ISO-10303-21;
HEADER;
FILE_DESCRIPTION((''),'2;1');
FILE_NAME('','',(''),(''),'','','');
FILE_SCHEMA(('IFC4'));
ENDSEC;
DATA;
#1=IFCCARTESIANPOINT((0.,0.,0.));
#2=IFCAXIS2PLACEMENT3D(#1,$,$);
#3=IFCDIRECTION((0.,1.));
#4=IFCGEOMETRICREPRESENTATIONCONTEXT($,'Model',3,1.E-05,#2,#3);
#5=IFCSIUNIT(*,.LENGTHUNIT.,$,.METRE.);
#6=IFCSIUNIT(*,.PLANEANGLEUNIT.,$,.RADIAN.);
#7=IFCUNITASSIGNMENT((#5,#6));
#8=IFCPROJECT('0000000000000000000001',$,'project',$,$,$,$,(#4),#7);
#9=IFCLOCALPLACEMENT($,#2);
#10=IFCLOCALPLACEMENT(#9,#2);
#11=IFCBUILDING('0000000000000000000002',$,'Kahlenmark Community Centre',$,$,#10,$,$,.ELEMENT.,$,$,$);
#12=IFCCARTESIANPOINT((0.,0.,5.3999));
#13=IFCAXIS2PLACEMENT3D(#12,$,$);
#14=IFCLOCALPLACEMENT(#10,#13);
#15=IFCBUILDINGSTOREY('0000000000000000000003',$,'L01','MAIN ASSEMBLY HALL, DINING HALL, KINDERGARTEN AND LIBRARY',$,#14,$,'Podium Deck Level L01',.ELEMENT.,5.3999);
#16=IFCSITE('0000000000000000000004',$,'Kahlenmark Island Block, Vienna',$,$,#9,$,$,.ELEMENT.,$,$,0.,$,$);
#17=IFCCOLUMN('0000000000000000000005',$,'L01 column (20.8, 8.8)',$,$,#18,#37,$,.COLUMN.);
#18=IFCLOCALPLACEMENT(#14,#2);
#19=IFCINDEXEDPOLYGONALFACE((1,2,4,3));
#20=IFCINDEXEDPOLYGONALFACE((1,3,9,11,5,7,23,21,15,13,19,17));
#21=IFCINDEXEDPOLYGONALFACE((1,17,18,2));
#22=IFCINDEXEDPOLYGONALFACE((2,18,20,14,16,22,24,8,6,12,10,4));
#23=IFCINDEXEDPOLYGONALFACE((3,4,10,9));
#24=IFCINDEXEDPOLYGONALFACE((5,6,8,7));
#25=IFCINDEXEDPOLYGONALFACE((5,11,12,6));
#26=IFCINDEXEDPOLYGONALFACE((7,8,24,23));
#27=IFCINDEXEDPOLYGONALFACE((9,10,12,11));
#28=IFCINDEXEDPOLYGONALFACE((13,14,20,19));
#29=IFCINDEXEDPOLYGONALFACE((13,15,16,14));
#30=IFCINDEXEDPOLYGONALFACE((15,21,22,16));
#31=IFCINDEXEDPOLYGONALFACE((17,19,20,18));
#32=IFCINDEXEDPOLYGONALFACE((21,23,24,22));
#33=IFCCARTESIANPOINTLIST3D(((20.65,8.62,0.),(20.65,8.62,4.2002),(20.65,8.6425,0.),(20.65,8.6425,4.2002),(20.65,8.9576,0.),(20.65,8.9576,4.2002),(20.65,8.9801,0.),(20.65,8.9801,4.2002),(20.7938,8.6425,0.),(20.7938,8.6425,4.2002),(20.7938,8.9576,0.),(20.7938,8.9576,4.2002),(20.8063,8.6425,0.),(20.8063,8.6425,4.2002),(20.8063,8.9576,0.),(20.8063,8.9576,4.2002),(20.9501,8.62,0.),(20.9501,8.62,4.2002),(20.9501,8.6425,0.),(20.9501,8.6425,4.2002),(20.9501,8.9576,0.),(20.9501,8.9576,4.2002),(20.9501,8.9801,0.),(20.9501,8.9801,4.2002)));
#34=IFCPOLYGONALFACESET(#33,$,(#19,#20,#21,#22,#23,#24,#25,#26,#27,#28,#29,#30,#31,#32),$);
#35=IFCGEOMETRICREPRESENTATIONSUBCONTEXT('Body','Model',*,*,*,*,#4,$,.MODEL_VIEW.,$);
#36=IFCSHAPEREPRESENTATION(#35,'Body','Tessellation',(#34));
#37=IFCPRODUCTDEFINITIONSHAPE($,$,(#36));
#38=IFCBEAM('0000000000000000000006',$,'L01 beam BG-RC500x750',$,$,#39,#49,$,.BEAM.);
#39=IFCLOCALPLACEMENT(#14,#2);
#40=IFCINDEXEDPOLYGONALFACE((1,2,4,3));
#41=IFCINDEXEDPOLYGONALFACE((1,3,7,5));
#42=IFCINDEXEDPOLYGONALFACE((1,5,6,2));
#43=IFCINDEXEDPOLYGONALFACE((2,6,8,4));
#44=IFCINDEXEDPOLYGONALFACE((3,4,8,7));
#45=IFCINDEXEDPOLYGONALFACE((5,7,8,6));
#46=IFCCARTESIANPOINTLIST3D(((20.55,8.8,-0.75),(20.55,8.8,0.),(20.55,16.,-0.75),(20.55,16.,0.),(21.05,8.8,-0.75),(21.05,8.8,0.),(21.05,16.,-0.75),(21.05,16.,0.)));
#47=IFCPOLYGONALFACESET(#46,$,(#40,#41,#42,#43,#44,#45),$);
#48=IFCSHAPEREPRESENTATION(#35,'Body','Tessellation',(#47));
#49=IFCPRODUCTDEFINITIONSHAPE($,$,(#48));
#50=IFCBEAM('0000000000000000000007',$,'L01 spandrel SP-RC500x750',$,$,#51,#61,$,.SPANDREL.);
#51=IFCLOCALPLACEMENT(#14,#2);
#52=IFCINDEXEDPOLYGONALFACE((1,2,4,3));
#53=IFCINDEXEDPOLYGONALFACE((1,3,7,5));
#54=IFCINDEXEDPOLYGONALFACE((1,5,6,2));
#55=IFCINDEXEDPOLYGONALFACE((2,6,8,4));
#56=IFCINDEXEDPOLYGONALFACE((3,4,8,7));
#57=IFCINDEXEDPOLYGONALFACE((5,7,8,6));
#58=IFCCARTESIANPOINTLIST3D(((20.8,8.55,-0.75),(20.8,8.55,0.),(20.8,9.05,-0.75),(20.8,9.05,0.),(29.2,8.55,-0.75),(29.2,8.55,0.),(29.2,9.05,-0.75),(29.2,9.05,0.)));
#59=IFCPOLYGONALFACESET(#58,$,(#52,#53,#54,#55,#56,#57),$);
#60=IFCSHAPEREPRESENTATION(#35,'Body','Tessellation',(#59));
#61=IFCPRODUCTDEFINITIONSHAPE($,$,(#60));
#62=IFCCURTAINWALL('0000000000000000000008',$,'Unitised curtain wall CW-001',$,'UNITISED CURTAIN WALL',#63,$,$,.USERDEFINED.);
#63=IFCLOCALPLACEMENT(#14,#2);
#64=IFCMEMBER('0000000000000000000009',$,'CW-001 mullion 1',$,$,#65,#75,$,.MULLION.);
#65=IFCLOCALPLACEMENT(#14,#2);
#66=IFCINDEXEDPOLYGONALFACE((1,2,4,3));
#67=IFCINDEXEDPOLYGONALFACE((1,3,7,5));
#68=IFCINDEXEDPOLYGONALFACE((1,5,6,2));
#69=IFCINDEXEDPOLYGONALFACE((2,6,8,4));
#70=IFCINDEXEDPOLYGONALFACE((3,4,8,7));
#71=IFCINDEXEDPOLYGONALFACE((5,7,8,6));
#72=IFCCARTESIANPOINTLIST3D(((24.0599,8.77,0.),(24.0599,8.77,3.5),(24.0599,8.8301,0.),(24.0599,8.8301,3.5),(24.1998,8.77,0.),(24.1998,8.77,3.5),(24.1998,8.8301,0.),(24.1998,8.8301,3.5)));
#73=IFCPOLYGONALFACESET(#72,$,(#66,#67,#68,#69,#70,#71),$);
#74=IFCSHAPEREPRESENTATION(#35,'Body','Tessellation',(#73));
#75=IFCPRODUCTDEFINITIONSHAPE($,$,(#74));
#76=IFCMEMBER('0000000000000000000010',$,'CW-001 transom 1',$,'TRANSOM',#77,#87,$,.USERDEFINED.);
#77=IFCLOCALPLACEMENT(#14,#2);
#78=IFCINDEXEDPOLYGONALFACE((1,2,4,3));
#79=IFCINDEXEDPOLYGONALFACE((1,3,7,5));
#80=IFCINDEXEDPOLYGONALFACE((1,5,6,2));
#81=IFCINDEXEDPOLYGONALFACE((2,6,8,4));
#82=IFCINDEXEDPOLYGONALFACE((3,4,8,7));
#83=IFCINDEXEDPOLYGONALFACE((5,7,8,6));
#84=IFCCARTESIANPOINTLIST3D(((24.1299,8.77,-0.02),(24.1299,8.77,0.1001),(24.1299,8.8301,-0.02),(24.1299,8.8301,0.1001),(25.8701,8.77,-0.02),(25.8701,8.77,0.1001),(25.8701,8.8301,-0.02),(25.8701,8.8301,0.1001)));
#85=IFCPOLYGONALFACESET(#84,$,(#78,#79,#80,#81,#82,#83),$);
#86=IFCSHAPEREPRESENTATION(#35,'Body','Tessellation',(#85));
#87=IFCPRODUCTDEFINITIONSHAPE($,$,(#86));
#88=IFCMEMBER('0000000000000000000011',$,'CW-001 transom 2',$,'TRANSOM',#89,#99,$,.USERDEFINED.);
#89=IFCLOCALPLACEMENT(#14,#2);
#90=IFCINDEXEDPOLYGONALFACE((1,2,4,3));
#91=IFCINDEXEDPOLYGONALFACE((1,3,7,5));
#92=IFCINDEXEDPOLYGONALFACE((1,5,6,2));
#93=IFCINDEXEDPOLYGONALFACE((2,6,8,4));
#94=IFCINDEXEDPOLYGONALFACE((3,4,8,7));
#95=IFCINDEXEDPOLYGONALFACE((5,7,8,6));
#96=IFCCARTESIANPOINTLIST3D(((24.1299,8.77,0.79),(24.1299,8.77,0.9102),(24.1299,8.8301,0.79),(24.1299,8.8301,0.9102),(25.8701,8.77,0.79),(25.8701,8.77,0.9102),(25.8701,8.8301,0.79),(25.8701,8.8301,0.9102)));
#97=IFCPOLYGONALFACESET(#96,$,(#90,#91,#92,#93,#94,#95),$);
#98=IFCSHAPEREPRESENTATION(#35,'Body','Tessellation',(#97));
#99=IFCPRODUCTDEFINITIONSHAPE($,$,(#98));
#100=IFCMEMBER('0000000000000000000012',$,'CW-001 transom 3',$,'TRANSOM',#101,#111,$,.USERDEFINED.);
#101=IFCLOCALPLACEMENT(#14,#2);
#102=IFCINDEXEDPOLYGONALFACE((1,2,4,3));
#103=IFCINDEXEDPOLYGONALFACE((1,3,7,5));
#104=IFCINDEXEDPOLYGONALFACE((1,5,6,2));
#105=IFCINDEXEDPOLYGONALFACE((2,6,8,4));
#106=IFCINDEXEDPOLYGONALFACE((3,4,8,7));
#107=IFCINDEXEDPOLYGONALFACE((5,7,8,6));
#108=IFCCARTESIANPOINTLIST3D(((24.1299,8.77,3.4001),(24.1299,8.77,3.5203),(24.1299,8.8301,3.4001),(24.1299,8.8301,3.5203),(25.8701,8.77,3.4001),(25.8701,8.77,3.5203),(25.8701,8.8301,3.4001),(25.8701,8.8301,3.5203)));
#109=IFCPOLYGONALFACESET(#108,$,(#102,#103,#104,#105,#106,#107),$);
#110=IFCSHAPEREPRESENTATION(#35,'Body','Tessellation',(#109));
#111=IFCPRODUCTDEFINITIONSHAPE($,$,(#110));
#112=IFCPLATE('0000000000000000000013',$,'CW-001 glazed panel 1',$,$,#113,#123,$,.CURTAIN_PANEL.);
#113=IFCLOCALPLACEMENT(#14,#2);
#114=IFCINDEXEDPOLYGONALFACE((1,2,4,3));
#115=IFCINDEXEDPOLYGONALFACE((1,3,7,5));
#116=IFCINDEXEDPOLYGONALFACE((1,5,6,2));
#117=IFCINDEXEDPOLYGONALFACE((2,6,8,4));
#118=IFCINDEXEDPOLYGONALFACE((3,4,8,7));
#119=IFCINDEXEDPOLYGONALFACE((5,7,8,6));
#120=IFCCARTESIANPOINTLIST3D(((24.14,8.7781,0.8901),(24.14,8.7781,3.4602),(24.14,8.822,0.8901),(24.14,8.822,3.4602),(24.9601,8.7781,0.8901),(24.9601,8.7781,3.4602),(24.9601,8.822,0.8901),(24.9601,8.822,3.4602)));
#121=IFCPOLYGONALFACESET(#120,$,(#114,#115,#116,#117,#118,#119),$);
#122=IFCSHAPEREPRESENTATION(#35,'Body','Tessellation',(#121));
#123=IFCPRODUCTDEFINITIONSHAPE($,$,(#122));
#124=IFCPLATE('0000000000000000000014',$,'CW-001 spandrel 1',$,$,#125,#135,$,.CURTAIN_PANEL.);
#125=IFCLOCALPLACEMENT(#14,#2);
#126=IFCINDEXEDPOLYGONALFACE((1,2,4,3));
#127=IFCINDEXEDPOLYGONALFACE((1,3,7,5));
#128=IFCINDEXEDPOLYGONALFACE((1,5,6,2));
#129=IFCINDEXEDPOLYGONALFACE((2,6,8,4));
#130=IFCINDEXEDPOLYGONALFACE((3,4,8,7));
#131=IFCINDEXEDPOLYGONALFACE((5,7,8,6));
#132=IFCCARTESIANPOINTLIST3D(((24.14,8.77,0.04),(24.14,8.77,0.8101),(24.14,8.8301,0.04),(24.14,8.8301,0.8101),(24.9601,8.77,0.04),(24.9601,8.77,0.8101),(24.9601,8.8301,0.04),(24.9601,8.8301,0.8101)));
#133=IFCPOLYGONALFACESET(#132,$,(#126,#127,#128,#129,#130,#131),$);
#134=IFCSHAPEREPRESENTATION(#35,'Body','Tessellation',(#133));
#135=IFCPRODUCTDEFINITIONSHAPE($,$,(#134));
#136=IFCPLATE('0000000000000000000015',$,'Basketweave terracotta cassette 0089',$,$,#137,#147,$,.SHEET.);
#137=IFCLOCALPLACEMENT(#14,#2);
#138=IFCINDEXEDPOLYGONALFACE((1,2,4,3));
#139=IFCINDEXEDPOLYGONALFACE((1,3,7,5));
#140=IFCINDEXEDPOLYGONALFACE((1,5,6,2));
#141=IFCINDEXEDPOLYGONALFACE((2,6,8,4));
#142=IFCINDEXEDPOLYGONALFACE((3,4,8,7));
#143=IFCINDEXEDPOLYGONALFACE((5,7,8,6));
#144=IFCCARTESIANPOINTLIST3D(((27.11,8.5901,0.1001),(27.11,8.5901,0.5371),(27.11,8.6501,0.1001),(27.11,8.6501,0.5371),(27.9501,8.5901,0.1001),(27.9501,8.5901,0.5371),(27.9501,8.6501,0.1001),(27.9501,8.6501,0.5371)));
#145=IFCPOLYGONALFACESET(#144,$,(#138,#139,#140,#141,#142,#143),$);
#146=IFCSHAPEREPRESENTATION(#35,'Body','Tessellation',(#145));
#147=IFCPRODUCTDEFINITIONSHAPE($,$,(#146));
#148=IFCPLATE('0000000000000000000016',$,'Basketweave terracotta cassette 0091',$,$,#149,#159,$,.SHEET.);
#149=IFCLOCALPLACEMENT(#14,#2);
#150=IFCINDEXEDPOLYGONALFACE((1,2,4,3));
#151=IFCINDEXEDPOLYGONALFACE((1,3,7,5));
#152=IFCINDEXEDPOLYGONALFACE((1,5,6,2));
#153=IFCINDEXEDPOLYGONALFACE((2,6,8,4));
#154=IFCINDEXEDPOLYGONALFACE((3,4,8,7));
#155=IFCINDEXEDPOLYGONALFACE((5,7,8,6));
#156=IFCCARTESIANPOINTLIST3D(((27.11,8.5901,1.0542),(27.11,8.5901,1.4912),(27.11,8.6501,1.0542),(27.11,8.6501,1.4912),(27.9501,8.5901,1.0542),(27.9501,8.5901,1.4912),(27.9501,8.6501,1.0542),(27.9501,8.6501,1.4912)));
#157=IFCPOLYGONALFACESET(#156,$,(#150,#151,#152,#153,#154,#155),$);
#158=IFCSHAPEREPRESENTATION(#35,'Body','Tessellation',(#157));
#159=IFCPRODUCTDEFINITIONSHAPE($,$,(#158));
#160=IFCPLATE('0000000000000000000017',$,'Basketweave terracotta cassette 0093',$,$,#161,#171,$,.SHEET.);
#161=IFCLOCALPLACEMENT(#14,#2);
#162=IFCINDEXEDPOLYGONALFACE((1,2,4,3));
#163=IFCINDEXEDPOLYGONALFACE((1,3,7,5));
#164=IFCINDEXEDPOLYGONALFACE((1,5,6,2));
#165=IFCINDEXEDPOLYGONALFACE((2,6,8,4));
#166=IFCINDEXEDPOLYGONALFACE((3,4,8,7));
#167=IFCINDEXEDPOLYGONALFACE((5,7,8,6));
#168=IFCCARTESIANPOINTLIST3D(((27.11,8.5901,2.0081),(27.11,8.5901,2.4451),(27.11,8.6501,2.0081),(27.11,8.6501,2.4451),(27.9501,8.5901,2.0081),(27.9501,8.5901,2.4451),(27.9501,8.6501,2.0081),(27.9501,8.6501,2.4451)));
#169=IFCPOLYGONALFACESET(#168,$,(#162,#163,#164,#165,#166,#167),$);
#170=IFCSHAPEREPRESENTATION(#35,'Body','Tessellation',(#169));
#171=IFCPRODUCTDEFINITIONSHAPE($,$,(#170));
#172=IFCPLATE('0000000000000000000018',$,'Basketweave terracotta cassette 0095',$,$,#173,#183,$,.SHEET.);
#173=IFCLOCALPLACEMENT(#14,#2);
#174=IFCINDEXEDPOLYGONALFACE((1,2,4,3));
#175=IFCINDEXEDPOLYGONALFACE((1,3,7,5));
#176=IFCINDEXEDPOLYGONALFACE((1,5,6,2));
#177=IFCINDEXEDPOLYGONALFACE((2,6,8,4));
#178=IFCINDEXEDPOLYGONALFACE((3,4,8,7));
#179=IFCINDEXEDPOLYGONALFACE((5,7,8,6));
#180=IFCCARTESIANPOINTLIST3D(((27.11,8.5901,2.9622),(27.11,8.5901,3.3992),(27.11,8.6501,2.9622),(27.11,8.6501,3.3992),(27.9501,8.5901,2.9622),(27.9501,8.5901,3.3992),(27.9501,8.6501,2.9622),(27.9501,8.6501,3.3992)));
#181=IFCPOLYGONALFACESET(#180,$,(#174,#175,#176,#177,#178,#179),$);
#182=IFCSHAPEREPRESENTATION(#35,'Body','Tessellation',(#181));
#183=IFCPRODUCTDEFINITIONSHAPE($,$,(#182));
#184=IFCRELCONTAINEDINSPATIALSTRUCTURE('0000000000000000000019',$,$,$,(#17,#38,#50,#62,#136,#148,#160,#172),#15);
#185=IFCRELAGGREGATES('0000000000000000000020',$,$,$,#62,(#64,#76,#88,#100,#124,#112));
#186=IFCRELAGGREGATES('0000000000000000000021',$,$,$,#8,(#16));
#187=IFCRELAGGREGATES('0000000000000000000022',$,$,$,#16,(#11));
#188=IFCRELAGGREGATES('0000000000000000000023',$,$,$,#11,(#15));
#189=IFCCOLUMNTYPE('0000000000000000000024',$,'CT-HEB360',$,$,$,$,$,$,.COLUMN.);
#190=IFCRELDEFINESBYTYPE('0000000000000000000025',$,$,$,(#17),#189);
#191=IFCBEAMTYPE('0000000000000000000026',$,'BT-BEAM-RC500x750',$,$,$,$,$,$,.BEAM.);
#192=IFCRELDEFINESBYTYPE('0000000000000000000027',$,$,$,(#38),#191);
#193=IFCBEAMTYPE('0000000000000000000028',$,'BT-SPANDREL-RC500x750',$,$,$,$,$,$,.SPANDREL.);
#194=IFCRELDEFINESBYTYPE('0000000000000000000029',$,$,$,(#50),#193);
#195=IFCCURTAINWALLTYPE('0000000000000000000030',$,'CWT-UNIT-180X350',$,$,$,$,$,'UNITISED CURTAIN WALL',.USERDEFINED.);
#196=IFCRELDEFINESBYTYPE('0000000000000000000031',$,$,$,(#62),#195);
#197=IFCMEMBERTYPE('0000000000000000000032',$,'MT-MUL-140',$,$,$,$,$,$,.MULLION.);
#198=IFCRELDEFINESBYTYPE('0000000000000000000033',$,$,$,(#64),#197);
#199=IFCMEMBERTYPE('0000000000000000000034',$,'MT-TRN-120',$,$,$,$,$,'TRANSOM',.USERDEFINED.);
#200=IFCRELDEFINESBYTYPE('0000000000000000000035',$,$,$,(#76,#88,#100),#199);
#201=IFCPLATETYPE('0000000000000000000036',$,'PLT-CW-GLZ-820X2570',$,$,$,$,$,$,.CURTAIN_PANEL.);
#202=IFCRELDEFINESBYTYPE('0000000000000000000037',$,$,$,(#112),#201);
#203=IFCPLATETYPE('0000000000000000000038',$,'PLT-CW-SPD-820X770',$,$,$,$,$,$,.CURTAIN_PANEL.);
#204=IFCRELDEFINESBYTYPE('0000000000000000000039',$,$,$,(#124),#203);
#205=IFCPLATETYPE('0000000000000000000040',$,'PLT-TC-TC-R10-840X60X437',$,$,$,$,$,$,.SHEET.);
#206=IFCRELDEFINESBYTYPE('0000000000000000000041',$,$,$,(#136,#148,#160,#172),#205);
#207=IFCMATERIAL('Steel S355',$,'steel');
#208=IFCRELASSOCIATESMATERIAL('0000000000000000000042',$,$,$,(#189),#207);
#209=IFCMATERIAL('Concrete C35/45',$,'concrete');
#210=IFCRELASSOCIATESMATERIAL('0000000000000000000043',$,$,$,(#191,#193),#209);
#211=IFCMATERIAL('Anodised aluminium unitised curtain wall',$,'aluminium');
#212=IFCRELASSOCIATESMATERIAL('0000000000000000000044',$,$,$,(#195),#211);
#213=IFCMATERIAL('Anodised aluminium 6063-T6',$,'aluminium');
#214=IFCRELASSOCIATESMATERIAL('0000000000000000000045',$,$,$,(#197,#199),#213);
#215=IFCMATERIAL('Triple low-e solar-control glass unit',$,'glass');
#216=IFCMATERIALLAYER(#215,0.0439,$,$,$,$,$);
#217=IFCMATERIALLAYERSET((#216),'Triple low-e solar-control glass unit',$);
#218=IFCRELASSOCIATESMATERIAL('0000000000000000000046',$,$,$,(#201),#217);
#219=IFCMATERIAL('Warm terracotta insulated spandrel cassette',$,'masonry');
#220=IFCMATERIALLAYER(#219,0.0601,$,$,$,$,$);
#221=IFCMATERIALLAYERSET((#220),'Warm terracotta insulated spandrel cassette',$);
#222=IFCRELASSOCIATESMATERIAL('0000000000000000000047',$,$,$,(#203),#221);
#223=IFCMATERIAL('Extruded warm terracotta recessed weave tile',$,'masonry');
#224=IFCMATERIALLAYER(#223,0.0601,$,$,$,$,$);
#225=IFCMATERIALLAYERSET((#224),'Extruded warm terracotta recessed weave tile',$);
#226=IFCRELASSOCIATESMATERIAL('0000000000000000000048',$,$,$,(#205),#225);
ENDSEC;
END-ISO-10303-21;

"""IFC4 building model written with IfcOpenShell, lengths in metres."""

from ifc_helpers import new_model, si_unit, direction, frame, origin, origin_2d, place, context, subcontext, project, spatial, rectangle, i_section, extrude, material, layer, layer_set, material_profile, profile_set, type_object, element, aggregate, save


model = new_model("IFC4")

# Units and contexts
model_context = context("Model", 3, precision=1e-05, world=origin(), true_north=direction((0.0, 1.0)))
body_context = subcontext(model_context, "Body", "Model", "MODEL_VIEW")
ifc_project = project(units=[si_unit("LENGTHUNIT", "METRE"), si_unit("PLANEANGLEUNIT", "RADIAN")], contexts=[model_context])

# Site, building, storey
site_placement = place(None, origin())
site = spatial("IfcSite", under=ifc_project, at=site_placement, Name="Kahlenmark Island Block, Vienna", CompositionType="ELEMENT", RefElevation=0.0)
building_placement = place(site_placement, origin())
building = spatial("IfcBuilding", under=site, at=building_placement, Name="Kahlenmark Community Centre", CompositionType="ELEMENT")
storey_placement = place(building_placement, frame((0.0, 0.0, 5.3999)))
storey = spatial("IfcBuildingStorey", under=building, at=storey_placement, Name="L01", Description="MAIN ASSEMBLY HALL, DINING HALL, KINDERGARTEN AND LIBRARY", LongName="Podium Deck Level L01", CompositionType="ELEMENT", Elevation=5.3999)

# Column
ifc_material_1 = material(Name="Steel S355", Category="steel")
ifc_material_profile_1 = material_profile(ifc_material_1, i_section(OverallWidth=0.3, OverallDepth=0.3601, WebThickness=0.0125, FlangeThickness=0.0225, at=origin_2d()), Name="HEB 360")
ifc_profile_set_1 = profile_set([ifc_material_profile_1], Name="Steel S355")
column_type = type_object("IfcColumnType", Name="CT-HEB360", PredefinedType="COLUMN", material=ifc_profile_set_1)
column_placement = place(storey_placement, frame((20.8, 8.8, 0.0), z_axis=(0.0, 0.0, 1.0), x_axis=(1.0, 0.0, 0.0)))
element("IfcColumn", 1, at=column_placement, inside=storey, type_object=column_type, Name="L01 column (20.8, 8.8)", PredefinedType="COLUMN", context=body_context, shape_type="SweptSolid", body=[
    extrude(i_section(OverallWidth=0.3, OverallDepth=0.3601, WebThickness=0.0125, FlangeThickness=0.0225, at=origin_2d()), origin(), (0.0, 0.0, 1.0), 4.2002),
])

# Beams
ifc_material_2 = material(Name="Concrete C35/45", Category="concrete")
ifc_material_profile_2 = material_profile(ifc_material_2, rectangle(XDim=0.5, YDim=0.75, at=origin_2d()), Name="RC 500x750")
ifc_profile_set_2 = profile_set([ifc_material_profile_2], Name="Concrete C35/45")
beam_type_1 = type_object("IfcBeamType", Name="BT-BEAM-RC500x750", PredefinedType="BEAM", material=ifc_profile_set_2)
beam_1_placement = place(storey_placement, frame((20.8, 8.8, -0.375), z_axis=(0.0, 1.0, 0.0), x_axis=(-1.0, 0.0, 0.0)))
element("IfcBeam", 2, at=beam_1_placement, inside=storey, type_object=beam_type_1, Name="L01 beam BG-RC500x750", PredefinedType="BEAM", context=body_context, shape_type="SweptSolid", body=[
    extrude(rectangle(XDim=0.5, YDim=0.75, at=origin_2d()), origin(), (0.0, 0.0, 1.0), 7.2),
])
ifc_material_profile_3 = material_profile(ifc_material_2, rectangle(XDim=0.5, YDim=0.75, at=origin_2d()), Name="RC 500x750")
ifc_profile_set_3 = profile_set([ifc_material_profile_3], Name="Concrete C35/45")
beam_type_2 = type_object("IfcBeamType", Name="BT-SPANDREL-RC500x750", PredefinedType="SPANDREL", material=ifc_profile_set_3)
beam_2_placement = place(storey_placement, frame((20.8, 8.8, -0.375), z_axis=(1.0, 0.0, 0.0), x_axis=(0.0, 1.0, 0.0)))
element("IfcBeam", 3, at=beam_2_placement, inside=storey, type_object=beam_type_2, Name="L01 spandrel SP-RC500x750", PredefinedType="SPANDREL", context=body_context, shape_type="SweptSolid", body=[
    extrude(rectangle(XDim=0.5, YDim=0.75, at=origin_2d()), origin(), (0.0, 0.0, 1.0), 8.3999),
])

# Curtain wall, members, plates
ifc_material_3 = material(Name="Anodised aluminium unitised curtain wall", Category="aluminium")
curtain_wall_type = type_object("IfcCurtainWallType", Name="CWT-UNIT-180X350", ElementType="UNITISED CURTAIN WALL", PredefinedType="USERDEFINED", material=ifc_material_3)
curtain_wall_placement = place(storey_placement, origin())
curtain_wall = element("IfcCurtainWall", 4, at=curtain_wall_placement, inside=storey, type_object=curtain_wall_type, Name="Unitised curtain wall CW-001", ObjectType="UNITISED CURTAIN WALL", PredefinedType="USERDEFINED")
ifc_material_4 = material(Name="Anodised aluminium 6063-T6", Category="aluminium")
ifc_material_profile_4 = material_profile(ifc_material_4, rectangle(XDim=0.0601, YDim=0.1399, at=origin_2d()), Name="ALU MULLION 60x140")
ifc_profile_set_4 = profile_set([ifc_material_profile_4], Name="Anodised aluminium 6063-T6")
member_type_1 = type_object("IfcMemberType", Name="MT-MUL-140", PredefinedType="MULLION", material=ifc_profile_set_4)
member_1_placement = place(storey_placement, frame((24.1299, 8.8, 0.0), z_axis=(0.0, 0.0, 1.0), x_axis=(0.0, 1.0, 0.0)))
member_1 = element("IfcMember", 5, at=member_1_placement, type_object=member_type_1, Name="CW-001 mullion 1", PredefinedType="MULLION", context=body_context, shape_type="SweptSolid", body=[
    extrude(rectangle(XDim=0.0601, YDim=0.1399, at=origin_2d()), origin(), (0.0, 0.0, 1.0), 3.5),
])
ifc_material_profile_5 = material_profile(ifc_material_4, rectangle(XDim=0.0601, YDim=0.1201, at=origin_2d()), Name="ALU TRANSOM 60x120")
ifc_profile_set_5 = profile_set([ifc_material_profile_5], Name="Anodised aluminium 6063-T6")
member_type_2 = type_object("IfcMemberType", Name="MT-TRN-120", ElementType="TRANSOM", PredefinedType="USERDEFINED", material=ifc_profile_set_5)
member_2_placement = place(storey_placement, frame((24.1299, 8.8, 0.04), z_axis=(1.0, 0.0, 0.0), x_axis=(0.0, 1.0, 0.0)))
member_2 = element("IfcMember", 6, at=member_2_placement, type_object=member_type_2, Name="CW-001 transom 1", ObjectType="TRANSOM", PredefinedType="USERDEFINED", context=body_context, shape_type="SweptSolid", body=[
    extrude(rectangle(XDim=0.0601, YDim=0.1201, at=origin_2d()), origin(), (0.0, 0.0, 1.0), 1.7402),
])
member_3_placement = place(storey_placement, frame((24.1299, 8.8, 0.8501), z_axis=(1.0, 0.0, 0.0), x_axis=(0.0, 1.0, 0.0)))
member_3 = element("IfcMember", 7, at=member_3_placement, type_object=member_type_2, Name="CW-001 transom 2", ObjectType="TRANSOM", PredefinedType="USERDEFINED", context=body_context, shape_type="SweptSolid", body=[
    extrude(rectangle(XDim=0.0601, YDim=0.1201, at=origin_2d()), origin(), (0.0, 0.0, 1.0), 1.7402),
])
member_4_placement = place(storey_placement, frame((24.1299, 8.8, 3.4602), z_axis=(1.0, 0.0, 0.0), x_axis=(0.0, 1.0, 0.0)))
member_4 = element("IfcMember", 8, at=member_4_placement, type_object=member_type_2, Name="CW-001 transom 3", ObjectType="TRANSOM", PredefinedType="USERDEFINED", context=body_context, shape_type="SweptSolid", body=[
    extrude(rectangle(XDim=0.0601, YDim=0.1201, at=origin_2d()), origin(), (0.0, 0.0, 1.0), 1.7402),
])
ifc_material_5 = material(Name="Triple low-e solar-control glass unit", Category="glass")
ifc_layer_1 = layer(ifc_material_5, 0.0439)
ifc_layer_set_1 = layer_set([ifc_layer_1], Name="Triple low-e solar-control glass unit")
plate_type_1 = type_object("IfcPlateType", Name="PLT-CW-GLZ-820X2570", PredefinedType="CURTAIN_PANEL", material=ifc_layer_set_1)
plate_1_placement = place(storey_placement, frame((24.55, 8.8, 0.8901), z_axis=(0.0, 0.0, 1.0), x_axis=(1.0, 0.0, 0.0)))
plate_1 = element("IfcPlate", 9, at=plate_1_placement, type_object=plate_type_1, Name="CW-001 glazed panel 1", PredefinedType="CURTAIN_PANEL", context=body_context, shape_type="SweptSolid", body=[
    extrude(rectangle(XDim=0.8201, YDim=0.0439, at=origin_2d()), origin(), (0.0, 0.0, 1.0), 2.5701),
])
ifc_material_6 = material(Name="Warm terracotta insulated spandrel cassette", Category="masonry")
ifc_layer_2 = layer(ifc_material_6, 0.0601)
ifc_layer_set_2 = layer_set([ifc_layer_2], Name="Warm terracotta insulated spandrel cassette")
plate_type_2 = type_object("IfcPlateType", Name="PLT-CW-SPD-820X770", PredefinedType="CURTAIN_PANEL", material=ifc_layer_set_2)
plate_2_placement = place(storey_placement, frame((24.55, 8.8, 0.04), z_axis=(0.0, 0.0, 1.0), x_axis=(1.0, 0.0, 0.0)))
plate_2 = element("IfcPlate", 10, at=plate_2_placement, type_object=plate_type_2, Name="CW-001 spandrel 1", PredefinedType="CURTAIN_PANEL", context=body_context, shape_type="SweptSolid", body=[
    extrude(rectangle(XDim=0.8201, YDim=0.0601, at=origin_2d()), origin(), (0.0, 0.0, 1.0), 0.77),
])
aggregate(curtain_wall, [member_1, member_2, member_3, member_4, plate_2, plate_1])

# Plates
ifc_material_7 = material(Name="Extruded warm terracotta recessed weave tile", Category="masonry")
ifc_layer_3 = layer(ifc_material_7, 0.0601)
ifc_layer_set_3 = layer_set([ifc_layer_3], Name="Extruded warm terracotta recessed weave tile")
plate_type_3 = type_object("IfcPlateType", Name="PLT-TC-TC-R10-840X60X437", PredefinedType="SHEET", material=ifc_layer_set_3)
for number, where, z_axis, x_axis, name in (
    (11, (27.53, 8.6201, 0.1001), (0.0, 0.0, 1.0), (1.0, 0.0, 0.0), "Basketweave terracotta cassette 0089"),
    (12, (27.53, 8.6201, 1.0542), (0.0, 0.0, 1.0), (1.0, 0.0, 0.0), "Basketweave terracotta cassette 0091"),
    (13, (27.53, 8.6201, 2.0081), (0.0, 0.0, 1.0), (1.0, 0.0, 0.0), "Basketweave terracotta cassette 0093"),
    (14, (27.53, 8.6201, 2.9622), (0.0, 0.0, 1.0), (1.0, 0.0, 0.0), "Basketweave terracotta cassette 0095"),
):
    element("IfcPlate", number, at=place(storey_placement, frame(where, z_axis=z_axis, x_axis=x_axis)), inside=storey, type_object=plate_type_3, Name=name, PredefinedType="SHEET", context=body_context, shape_type="SweptSolid", body=[
        extrude(rectangle(XDim=0.8401, YDim=0.0601, at=origin_2d()), origin(), (0.0, 0.0, 1.0), 0.437),
    ])

save(model, "model.ifc")
